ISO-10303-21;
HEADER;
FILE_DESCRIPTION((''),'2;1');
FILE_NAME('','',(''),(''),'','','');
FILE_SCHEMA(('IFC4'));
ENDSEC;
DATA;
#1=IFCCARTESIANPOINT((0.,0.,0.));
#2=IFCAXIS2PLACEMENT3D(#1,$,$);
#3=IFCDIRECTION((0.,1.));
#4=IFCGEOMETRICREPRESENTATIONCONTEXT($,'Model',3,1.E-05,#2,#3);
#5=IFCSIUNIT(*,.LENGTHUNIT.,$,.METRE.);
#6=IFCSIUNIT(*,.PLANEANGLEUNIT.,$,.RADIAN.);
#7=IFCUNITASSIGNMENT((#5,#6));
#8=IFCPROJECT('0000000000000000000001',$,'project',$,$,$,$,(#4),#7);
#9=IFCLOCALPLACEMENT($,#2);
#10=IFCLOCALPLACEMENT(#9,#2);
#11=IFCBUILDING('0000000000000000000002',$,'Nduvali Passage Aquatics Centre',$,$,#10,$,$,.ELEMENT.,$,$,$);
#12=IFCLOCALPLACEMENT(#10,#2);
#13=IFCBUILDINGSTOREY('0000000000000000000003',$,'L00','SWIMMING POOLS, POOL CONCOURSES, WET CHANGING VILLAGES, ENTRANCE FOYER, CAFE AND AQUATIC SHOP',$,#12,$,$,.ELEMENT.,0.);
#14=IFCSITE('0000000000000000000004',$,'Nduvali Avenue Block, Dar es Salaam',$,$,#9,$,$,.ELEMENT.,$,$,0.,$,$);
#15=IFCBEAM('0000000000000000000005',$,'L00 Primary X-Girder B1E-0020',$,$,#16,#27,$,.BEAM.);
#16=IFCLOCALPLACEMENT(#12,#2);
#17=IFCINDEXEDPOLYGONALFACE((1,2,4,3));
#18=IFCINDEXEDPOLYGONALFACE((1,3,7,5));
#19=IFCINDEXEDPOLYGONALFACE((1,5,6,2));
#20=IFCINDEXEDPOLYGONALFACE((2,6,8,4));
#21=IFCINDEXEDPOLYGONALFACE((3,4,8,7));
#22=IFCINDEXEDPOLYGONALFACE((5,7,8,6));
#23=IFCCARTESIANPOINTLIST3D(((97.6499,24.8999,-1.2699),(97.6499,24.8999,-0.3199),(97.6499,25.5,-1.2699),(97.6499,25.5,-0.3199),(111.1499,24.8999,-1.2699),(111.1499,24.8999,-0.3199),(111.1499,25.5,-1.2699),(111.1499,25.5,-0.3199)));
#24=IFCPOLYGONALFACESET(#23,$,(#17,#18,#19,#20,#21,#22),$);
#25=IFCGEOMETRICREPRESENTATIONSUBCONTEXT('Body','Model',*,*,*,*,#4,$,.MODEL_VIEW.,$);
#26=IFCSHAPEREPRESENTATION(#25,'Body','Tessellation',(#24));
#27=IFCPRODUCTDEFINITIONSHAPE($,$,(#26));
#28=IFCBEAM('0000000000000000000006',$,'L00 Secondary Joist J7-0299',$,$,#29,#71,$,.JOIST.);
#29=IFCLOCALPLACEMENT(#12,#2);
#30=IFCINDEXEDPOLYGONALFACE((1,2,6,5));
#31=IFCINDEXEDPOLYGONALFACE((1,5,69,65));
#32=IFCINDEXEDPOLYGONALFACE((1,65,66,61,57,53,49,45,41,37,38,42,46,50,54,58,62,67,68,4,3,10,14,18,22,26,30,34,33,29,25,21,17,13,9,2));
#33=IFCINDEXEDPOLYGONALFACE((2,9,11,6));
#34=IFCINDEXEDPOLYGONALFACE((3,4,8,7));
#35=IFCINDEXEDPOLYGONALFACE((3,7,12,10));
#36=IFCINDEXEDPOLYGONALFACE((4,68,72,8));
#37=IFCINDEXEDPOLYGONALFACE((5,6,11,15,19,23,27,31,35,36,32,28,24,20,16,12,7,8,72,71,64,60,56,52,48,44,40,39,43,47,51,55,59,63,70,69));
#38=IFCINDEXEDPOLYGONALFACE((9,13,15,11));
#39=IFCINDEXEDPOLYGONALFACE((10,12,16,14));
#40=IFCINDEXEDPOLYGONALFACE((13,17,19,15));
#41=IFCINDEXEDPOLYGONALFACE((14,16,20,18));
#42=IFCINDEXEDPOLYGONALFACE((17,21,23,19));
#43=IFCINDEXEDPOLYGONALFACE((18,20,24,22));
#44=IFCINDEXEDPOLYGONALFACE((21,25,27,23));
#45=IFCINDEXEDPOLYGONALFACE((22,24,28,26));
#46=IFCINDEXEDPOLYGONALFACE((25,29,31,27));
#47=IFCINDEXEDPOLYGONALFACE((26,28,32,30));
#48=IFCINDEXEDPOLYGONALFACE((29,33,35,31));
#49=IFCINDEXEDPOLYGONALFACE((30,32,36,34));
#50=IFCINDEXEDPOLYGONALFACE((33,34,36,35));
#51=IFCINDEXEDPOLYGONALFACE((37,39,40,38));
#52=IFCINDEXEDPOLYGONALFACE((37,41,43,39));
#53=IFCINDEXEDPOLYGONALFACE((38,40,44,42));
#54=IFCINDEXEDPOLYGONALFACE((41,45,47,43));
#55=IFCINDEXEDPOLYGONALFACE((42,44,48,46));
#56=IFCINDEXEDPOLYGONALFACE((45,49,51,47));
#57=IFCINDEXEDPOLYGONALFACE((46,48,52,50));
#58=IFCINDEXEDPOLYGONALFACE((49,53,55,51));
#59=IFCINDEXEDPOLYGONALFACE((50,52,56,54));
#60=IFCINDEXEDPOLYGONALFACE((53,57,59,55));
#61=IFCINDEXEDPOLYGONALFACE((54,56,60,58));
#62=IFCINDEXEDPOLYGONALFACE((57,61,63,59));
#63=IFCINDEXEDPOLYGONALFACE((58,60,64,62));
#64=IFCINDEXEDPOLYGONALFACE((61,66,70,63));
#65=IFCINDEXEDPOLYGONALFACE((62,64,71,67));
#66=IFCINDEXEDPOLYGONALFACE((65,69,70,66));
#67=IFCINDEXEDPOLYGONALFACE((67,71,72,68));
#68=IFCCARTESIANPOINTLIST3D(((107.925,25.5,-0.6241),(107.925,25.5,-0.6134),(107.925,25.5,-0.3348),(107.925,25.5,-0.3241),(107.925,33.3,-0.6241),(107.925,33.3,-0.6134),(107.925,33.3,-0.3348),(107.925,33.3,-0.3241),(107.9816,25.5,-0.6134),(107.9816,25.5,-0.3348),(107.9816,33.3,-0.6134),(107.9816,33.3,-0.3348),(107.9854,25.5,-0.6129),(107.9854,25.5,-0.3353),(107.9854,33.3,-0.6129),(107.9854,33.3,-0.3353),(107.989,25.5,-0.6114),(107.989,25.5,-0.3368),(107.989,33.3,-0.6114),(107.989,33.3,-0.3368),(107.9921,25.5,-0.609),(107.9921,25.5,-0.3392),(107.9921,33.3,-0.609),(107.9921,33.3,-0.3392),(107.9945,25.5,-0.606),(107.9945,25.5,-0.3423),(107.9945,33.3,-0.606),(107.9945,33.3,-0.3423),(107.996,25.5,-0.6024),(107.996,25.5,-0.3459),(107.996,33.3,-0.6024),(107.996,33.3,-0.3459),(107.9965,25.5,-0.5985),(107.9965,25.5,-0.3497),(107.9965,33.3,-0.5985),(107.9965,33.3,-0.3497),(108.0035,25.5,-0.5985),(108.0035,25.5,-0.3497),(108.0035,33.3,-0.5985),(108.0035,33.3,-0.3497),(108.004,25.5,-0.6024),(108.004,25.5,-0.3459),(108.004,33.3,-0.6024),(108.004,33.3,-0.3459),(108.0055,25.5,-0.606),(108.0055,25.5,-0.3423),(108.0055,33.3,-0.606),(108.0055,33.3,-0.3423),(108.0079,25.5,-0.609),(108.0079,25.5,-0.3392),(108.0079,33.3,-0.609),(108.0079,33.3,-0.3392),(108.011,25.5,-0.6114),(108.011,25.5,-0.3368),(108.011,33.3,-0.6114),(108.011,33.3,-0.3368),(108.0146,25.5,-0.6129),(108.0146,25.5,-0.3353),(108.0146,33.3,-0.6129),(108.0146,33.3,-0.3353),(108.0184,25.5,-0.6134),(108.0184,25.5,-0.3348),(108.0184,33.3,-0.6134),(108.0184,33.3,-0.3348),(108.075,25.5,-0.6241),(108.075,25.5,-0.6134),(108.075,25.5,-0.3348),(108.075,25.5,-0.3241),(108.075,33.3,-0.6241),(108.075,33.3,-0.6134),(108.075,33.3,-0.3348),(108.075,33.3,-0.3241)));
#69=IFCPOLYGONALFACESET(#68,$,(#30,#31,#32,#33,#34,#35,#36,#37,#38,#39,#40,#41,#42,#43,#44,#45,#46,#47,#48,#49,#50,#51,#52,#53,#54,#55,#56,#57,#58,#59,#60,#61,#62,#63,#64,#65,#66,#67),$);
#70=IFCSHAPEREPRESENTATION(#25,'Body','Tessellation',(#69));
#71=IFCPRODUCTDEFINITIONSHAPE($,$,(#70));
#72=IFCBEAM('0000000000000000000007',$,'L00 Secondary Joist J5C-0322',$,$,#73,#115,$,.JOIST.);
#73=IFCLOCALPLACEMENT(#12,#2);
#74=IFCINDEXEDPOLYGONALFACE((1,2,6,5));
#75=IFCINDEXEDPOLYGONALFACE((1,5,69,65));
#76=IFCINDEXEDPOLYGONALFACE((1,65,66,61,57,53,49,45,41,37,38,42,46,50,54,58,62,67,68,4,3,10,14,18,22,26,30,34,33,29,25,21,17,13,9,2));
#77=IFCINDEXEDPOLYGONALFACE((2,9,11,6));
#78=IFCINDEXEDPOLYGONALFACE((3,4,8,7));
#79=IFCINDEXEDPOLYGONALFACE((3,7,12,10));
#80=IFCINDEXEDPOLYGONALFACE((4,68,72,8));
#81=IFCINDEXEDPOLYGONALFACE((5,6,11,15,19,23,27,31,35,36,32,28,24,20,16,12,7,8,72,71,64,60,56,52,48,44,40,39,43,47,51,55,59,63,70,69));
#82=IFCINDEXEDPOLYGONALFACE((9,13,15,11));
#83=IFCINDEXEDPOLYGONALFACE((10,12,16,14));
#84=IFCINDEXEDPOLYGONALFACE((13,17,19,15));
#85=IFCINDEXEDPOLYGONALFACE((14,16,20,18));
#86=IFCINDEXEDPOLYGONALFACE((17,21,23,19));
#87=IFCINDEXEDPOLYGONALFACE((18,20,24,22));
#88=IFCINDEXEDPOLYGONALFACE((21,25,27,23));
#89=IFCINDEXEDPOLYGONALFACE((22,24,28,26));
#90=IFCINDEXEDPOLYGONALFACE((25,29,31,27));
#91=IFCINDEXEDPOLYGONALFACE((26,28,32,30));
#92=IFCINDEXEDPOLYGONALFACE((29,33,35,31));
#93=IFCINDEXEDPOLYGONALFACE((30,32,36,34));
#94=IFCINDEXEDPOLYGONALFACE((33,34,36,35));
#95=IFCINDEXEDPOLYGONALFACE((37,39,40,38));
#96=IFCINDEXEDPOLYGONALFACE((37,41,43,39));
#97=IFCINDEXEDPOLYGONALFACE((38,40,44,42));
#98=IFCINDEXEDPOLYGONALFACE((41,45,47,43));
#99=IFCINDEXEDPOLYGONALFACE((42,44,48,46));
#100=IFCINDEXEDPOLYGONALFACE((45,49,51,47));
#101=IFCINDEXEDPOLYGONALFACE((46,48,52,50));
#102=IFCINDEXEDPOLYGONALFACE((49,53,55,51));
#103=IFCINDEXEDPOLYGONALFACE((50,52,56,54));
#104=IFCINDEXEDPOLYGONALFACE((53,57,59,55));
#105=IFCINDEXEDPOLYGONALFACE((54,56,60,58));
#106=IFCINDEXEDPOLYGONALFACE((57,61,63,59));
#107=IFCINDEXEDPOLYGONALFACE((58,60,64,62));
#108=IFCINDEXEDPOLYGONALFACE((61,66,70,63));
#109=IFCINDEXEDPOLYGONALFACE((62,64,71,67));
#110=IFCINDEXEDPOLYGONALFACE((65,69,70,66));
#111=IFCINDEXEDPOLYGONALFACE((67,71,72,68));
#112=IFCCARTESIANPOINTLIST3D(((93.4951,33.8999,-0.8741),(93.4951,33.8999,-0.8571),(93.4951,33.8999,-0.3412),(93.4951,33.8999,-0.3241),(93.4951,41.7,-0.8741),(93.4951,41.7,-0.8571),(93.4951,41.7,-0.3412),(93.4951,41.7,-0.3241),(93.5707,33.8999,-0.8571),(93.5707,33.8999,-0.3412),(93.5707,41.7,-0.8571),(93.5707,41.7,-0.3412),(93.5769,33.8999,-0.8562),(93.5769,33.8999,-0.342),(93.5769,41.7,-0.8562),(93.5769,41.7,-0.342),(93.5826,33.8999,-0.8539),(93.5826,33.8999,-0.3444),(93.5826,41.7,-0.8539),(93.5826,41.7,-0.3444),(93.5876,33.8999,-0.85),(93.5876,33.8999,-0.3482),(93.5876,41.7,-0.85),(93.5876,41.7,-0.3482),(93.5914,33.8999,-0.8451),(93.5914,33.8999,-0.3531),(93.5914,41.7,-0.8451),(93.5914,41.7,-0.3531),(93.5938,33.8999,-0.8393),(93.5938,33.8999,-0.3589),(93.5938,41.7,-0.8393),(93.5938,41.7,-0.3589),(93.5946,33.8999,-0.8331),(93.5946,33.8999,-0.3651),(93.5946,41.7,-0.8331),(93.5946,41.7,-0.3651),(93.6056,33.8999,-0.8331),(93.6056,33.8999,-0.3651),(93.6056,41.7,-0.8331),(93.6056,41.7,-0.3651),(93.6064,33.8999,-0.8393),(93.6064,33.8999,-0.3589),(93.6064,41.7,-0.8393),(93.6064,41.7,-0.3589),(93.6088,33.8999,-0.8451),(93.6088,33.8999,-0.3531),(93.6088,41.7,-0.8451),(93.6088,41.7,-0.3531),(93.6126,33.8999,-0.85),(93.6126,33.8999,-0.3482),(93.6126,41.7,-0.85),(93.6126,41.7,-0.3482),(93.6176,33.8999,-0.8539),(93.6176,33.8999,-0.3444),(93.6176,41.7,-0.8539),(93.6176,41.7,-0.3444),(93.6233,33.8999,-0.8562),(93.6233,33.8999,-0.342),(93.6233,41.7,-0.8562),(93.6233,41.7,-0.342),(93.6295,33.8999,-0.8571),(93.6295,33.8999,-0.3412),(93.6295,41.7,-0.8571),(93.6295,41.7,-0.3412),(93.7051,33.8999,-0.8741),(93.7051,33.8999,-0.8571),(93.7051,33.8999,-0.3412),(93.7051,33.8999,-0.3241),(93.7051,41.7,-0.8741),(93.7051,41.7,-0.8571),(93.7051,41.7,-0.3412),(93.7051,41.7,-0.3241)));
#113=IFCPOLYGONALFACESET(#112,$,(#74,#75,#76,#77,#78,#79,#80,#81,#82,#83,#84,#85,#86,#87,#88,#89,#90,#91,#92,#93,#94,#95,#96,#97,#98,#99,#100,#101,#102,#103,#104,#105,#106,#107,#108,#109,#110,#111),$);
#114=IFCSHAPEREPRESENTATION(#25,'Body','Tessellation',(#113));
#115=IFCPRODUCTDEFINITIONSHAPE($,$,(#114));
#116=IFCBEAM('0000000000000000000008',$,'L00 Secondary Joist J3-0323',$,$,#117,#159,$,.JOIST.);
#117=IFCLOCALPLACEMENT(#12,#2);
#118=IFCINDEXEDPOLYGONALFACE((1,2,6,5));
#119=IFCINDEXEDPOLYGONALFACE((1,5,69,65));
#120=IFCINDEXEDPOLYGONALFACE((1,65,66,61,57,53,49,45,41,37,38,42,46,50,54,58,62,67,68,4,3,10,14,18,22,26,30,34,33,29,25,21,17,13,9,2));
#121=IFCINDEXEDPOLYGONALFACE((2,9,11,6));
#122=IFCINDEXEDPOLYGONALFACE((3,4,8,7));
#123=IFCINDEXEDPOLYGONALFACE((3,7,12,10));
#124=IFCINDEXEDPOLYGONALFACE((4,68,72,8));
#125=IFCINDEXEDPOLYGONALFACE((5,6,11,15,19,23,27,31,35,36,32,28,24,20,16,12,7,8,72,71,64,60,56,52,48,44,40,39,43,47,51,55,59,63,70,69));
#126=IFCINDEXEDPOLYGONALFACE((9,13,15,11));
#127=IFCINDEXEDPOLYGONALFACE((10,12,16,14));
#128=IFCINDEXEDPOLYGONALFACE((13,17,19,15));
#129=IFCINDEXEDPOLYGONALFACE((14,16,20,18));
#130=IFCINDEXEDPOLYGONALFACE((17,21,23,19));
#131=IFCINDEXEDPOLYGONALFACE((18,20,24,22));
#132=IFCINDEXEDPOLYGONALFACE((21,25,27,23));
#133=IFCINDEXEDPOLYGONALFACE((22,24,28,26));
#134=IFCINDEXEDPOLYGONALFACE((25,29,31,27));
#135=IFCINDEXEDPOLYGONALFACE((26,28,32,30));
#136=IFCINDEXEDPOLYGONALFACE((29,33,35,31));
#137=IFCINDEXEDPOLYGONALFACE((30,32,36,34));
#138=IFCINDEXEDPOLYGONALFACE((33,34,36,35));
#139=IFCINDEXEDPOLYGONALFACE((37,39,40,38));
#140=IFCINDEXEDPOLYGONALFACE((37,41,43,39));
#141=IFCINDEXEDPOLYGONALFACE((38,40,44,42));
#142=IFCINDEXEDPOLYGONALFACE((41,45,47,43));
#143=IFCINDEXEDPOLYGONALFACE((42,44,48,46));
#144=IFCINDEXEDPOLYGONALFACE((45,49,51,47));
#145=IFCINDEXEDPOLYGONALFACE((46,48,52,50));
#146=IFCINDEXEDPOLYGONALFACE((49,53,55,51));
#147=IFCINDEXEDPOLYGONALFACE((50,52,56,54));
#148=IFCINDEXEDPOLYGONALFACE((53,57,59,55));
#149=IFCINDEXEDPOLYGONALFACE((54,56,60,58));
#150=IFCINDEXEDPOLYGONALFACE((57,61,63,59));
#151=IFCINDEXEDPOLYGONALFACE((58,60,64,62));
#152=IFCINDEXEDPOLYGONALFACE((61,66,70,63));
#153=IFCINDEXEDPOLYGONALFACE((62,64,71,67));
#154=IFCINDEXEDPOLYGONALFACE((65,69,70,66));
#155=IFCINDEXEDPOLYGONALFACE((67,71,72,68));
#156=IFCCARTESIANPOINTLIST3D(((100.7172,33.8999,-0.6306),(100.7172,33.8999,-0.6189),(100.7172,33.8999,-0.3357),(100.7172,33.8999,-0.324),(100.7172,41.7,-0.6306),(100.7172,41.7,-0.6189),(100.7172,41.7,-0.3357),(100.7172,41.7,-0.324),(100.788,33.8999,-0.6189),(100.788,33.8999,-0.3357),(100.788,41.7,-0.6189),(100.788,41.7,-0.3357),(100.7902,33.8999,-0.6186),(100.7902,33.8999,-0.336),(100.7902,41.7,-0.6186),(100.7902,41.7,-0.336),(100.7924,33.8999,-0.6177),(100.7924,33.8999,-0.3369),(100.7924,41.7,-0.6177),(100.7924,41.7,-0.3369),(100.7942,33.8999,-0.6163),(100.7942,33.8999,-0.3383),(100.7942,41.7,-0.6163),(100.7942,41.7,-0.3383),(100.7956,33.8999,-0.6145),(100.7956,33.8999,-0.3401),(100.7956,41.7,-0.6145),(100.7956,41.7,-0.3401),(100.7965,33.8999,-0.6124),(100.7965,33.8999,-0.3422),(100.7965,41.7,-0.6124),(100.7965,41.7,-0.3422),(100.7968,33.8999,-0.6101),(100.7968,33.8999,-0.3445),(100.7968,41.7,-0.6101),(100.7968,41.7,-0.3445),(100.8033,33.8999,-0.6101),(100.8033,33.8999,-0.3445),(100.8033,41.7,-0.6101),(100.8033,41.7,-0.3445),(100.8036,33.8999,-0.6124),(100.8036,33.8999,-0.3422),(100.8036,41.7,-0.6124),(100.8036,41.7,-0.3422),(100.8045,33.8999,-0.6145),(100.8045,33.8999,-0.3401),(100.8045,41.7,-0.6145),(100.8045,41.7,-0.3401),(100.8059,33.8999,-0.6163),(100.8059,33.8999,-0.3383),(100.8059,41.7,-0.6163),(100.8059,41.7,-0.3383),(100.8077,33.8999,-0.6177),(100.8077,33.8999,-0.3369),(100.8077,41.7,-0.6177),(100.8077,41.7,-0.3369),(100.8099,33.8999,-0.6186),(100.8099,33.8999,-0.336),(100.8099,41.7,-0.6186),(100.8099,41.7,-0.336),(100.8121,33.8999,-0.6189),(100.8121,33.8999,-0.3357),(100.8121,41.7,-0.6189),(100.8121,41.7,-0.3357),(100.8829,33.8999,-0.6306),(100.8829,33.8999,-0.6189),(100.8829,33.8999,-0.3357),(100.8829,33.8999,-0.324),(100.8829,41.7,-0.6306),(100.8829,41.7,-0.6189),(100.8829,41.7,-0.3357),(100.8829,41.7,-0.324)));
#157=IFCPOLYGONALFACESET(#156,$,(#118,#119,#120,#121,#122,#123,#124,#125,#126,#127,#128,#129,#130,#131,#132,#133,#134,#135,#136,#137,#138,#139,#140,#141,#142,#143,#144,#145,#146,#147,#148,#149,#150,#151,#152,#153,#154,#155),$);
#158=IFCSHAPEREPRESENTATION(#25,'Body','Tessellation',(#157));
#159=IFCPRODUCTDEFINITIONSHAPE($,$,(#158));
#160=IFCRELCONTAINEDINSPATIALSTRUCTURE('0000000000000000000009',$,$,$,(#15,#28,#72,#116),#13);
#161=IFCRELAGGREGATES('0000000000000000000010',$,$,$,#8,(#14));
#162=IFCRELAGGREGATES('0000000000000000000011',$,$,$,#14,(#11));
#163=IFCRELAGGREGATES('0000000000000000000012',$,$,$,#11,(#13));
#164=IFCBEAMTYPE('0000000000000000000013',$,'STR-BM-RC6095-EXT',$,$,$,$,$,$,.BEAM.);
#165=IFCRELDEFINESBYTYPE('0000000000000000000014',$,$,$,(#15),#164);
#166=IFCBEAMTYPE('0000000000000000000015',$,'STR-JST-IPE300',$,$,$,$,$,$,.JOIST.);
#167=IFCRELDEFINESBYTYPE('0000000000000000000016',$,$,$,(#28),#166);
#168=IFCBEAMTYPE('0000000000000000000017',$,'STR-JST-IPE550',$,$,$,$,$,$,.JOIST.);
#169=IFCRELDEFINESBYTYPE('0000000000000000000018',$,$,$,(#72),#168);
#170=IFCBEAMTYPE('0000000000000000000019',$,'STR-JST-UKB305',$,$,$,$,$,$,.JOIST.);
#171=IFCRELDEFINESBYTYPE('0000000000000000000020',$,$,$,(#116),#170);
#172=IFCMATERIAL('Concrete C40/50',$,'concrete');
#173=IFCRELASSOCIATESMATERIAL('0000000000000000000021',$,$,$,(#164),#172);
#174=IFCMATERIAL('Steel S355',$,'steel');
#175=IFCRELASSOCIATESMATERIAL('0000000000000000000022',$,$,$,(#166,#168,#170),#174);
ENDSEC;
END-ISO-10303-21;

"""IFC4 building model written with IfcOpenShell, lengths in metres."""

from ifc_helpers import new_model, si_unit, direction, frame, origin, origin_2d, place, context, subcontext, project, spatial, rectangle, i_section, extrude, material, material_profile, profile_set, type_object, element, save


model = new_model("IFC4")

# Units and contexts
model_context = context("Model", 3, precision=1e-05, world=origin(), true_north=direction((0.0, 1.0)))
body_context = subcontext(model_context, "Body", "Model", "MODEL_VIEW")
ifc_project = project(units=[si_unit("LENGTHUNIT", "METRE"), si_unit("PLANEANGLEUNIT", "RADIAN")], contexts=[model_context])

# Site, building, storey
site_placement = place(None, origin())
site = spatial("IfcSite", under=ifc_project, at=site_placement, Name="Nduvali Avenue Block, Dar es Salaam", CompositionType="ELEMENT", RefElevation=0.0)
building_placement = place(site_placement, origin())
building = spatial("IfcBuilding", under=site, at=building_placement, Name="Nduvali Passage Aquatics Centre", CompositionType="ELEMENT")
storey_placement = place(building_placement, origin())
storey = spatial("IfcBuildingStorey", under=building, at=storey_placement, Name="L00", Description="SWIMMING POOLS, POOL CONCOURSES, WET CHANGING VILLAGES, ENTRANCE FOYER, CAFE AND AQUATIC SHOP", CompositionType="ELEMENT", Elevation=0.0)

# Shared definitions
ifc_material_1 = material(Name="Concrete C40/50", Category="concrete")

# Beams
ifc_material_profile_1 = material_profile(ifc_material_1, rectangle(XDim=0.6001, YDim=0.95, at=origin_2d()), Name="RC 600x950")
ifc_profile_set_1 = profile_set([ifc_material_profile_1], Name="Concrete C40/50")
beam_type_1 = type_object("IfcBeamType", Name="STR-BM-RC6095-EXT", PredefinedType="BEAM", material=ifc_profile_set_1)
beam_1_placement = place(storey_placement, frame((97.6499, 25.2, -0.7949), z_axis=(1.0, 0.0, 0.0), x_axis=(0.0, 1.0, 0.0)))
element("IfcBeam", 1, at=beam_1_placement, inside=storey, type_object=beam_type_1, Name="L00 Primary X-Girder B1E-0020", PredefinedType="BEAM", context=body_context, shape_type="SweptSolid", body=[
    extrude(rectangle(XDim=0.6001, YDim=0.95, at=origin_2d()), origin(), (0.0, 0.0, 1.0), 13.5),
])
ifc_material_2 = material(Name="Steel S355", Category="steel")
ifc_material_profile_2 = material_profile(ifc_material_2, i_section(OverallWidth=0.1499, OverallDepth=0.3, WebThickness=0.0071, FlangeThickness=0.0107, FilletRadius=0.0149, at=origin_2d()), Name="IPE 300")
ifc_profile_set_2 = profile_set([ifc_material_profile_2], Name="Steel S355")
beam_type_2 = type_object("IfcBeamType", Name="STR-JST-IPE300", PredefinedType="JOIST", material=ifc_profile_set_2)
beam_2_placement = place(storey_placement, frame((108.0, 25.5, -0.4741), z_axis=(0.0, 1.0, 0.0), x_axis=(-1.0, 0.0, 0.0)))
element("IfcBeam", 2, at=beam_2_placement, inside=storey, type_object=beam_type_2, Name="L00 Secondary Joist J7-0299", PredefinedType="JOIST", context=body_context, shape_type="SweptSolid", body=[
    extrude(i_section(OverallWidth=0.1499, OverallDepth=0.3, WebThickness=0.0071, FlangeThickness=0.0107, FilletRadius=0.0149, at=origin_2d()), origin(), (0.0, 0.0, 1.0), 7.8),
])
ifc_material_profile_3 = material_profile(ifc_material_2, i_section(OverallWidth=0.21, OverallDepth=0.55, WebThickness=0.011, FlangeThickness=0.0171, FilletRadius=0.0239, at=origin_2d()), Name="IPE 550")
ifc_profile_set_3 = profile_set([ifc_material_profile_3], Name="Steel S355")
beam_type_3 = type_object("IfcBeamType", Name="STR-JST-IPE550", PredefinedType="JOIST", material=ifc_profile_set_3)
beam_3_placement = place(storey_placement, frame((93.6001, 33.8999, -0.5991), z_axis=(0.0, 1.0, 0.0), x_axis=(-1.0, 0.0, 0.0)))
element("IfcBeam", 3, at=beam_3_placement, inside=storey, type_object=beam_type_3, Name="L00 Secondary Joist J5C-0322", PredefinedType="JOIST", context=body_context, shape_type="SweptSolid", body=[
    extrude(i_section(OverallWidth=0.21, OverallDepth=0.55, WebThickness=0.011, FlangeThickness=0.0171, FilletRadius=0.0239, at=origin_2d()), origin(), (0.0, 0.0, 1.0), 7.8),
])
ifc_material_profile_4 = material_profile(ifc_material_2, i_section(OverallWidth=0.1658, OverallDepth=0.3066, WebThickness=0.0066, FlangeThickness=0.0117, FilletRadius=0.0088, at=origin_2d()), Name="UKB 305x165x46")
ifc_profile_set_4 = profile_set([ifc_material_profile_4], Name="Steel S355")
beam_type_4 = type_object("IfcBeamType", Name="STR-JST-UKB305", PredefinedType="JOIST", material=ifc_profile_set_4)
for number, where, z_axis, x_axis, name in (
    (4, (100.8, 33.8999, -0.4773), (0.0, 1.0, 0.0), (-1.0, 0.0, 0.0), "L00 Secondary Joist J3-0323"),
):
    element("IfcBeam", number, at=place(storey_placement, frame(where, z_axis=z_axis, x_axis=x_axis)), inside=storey, type_object=beam_type_4, Name=name, PredefinedType="JOIST", context=body_context, shape_type="SweptSolid", body=[
        extrude(i_section(OverallWidth=0.1658, OverallDepth=0.3066, WebThickness=0.0066, FlangeThickness=0.0117, FilletRadius=0.0088, at=origin_2d()), origin(), (0.0, 0.0, 1.0), 7.8),
    ])

save(model, "model.ifc")
